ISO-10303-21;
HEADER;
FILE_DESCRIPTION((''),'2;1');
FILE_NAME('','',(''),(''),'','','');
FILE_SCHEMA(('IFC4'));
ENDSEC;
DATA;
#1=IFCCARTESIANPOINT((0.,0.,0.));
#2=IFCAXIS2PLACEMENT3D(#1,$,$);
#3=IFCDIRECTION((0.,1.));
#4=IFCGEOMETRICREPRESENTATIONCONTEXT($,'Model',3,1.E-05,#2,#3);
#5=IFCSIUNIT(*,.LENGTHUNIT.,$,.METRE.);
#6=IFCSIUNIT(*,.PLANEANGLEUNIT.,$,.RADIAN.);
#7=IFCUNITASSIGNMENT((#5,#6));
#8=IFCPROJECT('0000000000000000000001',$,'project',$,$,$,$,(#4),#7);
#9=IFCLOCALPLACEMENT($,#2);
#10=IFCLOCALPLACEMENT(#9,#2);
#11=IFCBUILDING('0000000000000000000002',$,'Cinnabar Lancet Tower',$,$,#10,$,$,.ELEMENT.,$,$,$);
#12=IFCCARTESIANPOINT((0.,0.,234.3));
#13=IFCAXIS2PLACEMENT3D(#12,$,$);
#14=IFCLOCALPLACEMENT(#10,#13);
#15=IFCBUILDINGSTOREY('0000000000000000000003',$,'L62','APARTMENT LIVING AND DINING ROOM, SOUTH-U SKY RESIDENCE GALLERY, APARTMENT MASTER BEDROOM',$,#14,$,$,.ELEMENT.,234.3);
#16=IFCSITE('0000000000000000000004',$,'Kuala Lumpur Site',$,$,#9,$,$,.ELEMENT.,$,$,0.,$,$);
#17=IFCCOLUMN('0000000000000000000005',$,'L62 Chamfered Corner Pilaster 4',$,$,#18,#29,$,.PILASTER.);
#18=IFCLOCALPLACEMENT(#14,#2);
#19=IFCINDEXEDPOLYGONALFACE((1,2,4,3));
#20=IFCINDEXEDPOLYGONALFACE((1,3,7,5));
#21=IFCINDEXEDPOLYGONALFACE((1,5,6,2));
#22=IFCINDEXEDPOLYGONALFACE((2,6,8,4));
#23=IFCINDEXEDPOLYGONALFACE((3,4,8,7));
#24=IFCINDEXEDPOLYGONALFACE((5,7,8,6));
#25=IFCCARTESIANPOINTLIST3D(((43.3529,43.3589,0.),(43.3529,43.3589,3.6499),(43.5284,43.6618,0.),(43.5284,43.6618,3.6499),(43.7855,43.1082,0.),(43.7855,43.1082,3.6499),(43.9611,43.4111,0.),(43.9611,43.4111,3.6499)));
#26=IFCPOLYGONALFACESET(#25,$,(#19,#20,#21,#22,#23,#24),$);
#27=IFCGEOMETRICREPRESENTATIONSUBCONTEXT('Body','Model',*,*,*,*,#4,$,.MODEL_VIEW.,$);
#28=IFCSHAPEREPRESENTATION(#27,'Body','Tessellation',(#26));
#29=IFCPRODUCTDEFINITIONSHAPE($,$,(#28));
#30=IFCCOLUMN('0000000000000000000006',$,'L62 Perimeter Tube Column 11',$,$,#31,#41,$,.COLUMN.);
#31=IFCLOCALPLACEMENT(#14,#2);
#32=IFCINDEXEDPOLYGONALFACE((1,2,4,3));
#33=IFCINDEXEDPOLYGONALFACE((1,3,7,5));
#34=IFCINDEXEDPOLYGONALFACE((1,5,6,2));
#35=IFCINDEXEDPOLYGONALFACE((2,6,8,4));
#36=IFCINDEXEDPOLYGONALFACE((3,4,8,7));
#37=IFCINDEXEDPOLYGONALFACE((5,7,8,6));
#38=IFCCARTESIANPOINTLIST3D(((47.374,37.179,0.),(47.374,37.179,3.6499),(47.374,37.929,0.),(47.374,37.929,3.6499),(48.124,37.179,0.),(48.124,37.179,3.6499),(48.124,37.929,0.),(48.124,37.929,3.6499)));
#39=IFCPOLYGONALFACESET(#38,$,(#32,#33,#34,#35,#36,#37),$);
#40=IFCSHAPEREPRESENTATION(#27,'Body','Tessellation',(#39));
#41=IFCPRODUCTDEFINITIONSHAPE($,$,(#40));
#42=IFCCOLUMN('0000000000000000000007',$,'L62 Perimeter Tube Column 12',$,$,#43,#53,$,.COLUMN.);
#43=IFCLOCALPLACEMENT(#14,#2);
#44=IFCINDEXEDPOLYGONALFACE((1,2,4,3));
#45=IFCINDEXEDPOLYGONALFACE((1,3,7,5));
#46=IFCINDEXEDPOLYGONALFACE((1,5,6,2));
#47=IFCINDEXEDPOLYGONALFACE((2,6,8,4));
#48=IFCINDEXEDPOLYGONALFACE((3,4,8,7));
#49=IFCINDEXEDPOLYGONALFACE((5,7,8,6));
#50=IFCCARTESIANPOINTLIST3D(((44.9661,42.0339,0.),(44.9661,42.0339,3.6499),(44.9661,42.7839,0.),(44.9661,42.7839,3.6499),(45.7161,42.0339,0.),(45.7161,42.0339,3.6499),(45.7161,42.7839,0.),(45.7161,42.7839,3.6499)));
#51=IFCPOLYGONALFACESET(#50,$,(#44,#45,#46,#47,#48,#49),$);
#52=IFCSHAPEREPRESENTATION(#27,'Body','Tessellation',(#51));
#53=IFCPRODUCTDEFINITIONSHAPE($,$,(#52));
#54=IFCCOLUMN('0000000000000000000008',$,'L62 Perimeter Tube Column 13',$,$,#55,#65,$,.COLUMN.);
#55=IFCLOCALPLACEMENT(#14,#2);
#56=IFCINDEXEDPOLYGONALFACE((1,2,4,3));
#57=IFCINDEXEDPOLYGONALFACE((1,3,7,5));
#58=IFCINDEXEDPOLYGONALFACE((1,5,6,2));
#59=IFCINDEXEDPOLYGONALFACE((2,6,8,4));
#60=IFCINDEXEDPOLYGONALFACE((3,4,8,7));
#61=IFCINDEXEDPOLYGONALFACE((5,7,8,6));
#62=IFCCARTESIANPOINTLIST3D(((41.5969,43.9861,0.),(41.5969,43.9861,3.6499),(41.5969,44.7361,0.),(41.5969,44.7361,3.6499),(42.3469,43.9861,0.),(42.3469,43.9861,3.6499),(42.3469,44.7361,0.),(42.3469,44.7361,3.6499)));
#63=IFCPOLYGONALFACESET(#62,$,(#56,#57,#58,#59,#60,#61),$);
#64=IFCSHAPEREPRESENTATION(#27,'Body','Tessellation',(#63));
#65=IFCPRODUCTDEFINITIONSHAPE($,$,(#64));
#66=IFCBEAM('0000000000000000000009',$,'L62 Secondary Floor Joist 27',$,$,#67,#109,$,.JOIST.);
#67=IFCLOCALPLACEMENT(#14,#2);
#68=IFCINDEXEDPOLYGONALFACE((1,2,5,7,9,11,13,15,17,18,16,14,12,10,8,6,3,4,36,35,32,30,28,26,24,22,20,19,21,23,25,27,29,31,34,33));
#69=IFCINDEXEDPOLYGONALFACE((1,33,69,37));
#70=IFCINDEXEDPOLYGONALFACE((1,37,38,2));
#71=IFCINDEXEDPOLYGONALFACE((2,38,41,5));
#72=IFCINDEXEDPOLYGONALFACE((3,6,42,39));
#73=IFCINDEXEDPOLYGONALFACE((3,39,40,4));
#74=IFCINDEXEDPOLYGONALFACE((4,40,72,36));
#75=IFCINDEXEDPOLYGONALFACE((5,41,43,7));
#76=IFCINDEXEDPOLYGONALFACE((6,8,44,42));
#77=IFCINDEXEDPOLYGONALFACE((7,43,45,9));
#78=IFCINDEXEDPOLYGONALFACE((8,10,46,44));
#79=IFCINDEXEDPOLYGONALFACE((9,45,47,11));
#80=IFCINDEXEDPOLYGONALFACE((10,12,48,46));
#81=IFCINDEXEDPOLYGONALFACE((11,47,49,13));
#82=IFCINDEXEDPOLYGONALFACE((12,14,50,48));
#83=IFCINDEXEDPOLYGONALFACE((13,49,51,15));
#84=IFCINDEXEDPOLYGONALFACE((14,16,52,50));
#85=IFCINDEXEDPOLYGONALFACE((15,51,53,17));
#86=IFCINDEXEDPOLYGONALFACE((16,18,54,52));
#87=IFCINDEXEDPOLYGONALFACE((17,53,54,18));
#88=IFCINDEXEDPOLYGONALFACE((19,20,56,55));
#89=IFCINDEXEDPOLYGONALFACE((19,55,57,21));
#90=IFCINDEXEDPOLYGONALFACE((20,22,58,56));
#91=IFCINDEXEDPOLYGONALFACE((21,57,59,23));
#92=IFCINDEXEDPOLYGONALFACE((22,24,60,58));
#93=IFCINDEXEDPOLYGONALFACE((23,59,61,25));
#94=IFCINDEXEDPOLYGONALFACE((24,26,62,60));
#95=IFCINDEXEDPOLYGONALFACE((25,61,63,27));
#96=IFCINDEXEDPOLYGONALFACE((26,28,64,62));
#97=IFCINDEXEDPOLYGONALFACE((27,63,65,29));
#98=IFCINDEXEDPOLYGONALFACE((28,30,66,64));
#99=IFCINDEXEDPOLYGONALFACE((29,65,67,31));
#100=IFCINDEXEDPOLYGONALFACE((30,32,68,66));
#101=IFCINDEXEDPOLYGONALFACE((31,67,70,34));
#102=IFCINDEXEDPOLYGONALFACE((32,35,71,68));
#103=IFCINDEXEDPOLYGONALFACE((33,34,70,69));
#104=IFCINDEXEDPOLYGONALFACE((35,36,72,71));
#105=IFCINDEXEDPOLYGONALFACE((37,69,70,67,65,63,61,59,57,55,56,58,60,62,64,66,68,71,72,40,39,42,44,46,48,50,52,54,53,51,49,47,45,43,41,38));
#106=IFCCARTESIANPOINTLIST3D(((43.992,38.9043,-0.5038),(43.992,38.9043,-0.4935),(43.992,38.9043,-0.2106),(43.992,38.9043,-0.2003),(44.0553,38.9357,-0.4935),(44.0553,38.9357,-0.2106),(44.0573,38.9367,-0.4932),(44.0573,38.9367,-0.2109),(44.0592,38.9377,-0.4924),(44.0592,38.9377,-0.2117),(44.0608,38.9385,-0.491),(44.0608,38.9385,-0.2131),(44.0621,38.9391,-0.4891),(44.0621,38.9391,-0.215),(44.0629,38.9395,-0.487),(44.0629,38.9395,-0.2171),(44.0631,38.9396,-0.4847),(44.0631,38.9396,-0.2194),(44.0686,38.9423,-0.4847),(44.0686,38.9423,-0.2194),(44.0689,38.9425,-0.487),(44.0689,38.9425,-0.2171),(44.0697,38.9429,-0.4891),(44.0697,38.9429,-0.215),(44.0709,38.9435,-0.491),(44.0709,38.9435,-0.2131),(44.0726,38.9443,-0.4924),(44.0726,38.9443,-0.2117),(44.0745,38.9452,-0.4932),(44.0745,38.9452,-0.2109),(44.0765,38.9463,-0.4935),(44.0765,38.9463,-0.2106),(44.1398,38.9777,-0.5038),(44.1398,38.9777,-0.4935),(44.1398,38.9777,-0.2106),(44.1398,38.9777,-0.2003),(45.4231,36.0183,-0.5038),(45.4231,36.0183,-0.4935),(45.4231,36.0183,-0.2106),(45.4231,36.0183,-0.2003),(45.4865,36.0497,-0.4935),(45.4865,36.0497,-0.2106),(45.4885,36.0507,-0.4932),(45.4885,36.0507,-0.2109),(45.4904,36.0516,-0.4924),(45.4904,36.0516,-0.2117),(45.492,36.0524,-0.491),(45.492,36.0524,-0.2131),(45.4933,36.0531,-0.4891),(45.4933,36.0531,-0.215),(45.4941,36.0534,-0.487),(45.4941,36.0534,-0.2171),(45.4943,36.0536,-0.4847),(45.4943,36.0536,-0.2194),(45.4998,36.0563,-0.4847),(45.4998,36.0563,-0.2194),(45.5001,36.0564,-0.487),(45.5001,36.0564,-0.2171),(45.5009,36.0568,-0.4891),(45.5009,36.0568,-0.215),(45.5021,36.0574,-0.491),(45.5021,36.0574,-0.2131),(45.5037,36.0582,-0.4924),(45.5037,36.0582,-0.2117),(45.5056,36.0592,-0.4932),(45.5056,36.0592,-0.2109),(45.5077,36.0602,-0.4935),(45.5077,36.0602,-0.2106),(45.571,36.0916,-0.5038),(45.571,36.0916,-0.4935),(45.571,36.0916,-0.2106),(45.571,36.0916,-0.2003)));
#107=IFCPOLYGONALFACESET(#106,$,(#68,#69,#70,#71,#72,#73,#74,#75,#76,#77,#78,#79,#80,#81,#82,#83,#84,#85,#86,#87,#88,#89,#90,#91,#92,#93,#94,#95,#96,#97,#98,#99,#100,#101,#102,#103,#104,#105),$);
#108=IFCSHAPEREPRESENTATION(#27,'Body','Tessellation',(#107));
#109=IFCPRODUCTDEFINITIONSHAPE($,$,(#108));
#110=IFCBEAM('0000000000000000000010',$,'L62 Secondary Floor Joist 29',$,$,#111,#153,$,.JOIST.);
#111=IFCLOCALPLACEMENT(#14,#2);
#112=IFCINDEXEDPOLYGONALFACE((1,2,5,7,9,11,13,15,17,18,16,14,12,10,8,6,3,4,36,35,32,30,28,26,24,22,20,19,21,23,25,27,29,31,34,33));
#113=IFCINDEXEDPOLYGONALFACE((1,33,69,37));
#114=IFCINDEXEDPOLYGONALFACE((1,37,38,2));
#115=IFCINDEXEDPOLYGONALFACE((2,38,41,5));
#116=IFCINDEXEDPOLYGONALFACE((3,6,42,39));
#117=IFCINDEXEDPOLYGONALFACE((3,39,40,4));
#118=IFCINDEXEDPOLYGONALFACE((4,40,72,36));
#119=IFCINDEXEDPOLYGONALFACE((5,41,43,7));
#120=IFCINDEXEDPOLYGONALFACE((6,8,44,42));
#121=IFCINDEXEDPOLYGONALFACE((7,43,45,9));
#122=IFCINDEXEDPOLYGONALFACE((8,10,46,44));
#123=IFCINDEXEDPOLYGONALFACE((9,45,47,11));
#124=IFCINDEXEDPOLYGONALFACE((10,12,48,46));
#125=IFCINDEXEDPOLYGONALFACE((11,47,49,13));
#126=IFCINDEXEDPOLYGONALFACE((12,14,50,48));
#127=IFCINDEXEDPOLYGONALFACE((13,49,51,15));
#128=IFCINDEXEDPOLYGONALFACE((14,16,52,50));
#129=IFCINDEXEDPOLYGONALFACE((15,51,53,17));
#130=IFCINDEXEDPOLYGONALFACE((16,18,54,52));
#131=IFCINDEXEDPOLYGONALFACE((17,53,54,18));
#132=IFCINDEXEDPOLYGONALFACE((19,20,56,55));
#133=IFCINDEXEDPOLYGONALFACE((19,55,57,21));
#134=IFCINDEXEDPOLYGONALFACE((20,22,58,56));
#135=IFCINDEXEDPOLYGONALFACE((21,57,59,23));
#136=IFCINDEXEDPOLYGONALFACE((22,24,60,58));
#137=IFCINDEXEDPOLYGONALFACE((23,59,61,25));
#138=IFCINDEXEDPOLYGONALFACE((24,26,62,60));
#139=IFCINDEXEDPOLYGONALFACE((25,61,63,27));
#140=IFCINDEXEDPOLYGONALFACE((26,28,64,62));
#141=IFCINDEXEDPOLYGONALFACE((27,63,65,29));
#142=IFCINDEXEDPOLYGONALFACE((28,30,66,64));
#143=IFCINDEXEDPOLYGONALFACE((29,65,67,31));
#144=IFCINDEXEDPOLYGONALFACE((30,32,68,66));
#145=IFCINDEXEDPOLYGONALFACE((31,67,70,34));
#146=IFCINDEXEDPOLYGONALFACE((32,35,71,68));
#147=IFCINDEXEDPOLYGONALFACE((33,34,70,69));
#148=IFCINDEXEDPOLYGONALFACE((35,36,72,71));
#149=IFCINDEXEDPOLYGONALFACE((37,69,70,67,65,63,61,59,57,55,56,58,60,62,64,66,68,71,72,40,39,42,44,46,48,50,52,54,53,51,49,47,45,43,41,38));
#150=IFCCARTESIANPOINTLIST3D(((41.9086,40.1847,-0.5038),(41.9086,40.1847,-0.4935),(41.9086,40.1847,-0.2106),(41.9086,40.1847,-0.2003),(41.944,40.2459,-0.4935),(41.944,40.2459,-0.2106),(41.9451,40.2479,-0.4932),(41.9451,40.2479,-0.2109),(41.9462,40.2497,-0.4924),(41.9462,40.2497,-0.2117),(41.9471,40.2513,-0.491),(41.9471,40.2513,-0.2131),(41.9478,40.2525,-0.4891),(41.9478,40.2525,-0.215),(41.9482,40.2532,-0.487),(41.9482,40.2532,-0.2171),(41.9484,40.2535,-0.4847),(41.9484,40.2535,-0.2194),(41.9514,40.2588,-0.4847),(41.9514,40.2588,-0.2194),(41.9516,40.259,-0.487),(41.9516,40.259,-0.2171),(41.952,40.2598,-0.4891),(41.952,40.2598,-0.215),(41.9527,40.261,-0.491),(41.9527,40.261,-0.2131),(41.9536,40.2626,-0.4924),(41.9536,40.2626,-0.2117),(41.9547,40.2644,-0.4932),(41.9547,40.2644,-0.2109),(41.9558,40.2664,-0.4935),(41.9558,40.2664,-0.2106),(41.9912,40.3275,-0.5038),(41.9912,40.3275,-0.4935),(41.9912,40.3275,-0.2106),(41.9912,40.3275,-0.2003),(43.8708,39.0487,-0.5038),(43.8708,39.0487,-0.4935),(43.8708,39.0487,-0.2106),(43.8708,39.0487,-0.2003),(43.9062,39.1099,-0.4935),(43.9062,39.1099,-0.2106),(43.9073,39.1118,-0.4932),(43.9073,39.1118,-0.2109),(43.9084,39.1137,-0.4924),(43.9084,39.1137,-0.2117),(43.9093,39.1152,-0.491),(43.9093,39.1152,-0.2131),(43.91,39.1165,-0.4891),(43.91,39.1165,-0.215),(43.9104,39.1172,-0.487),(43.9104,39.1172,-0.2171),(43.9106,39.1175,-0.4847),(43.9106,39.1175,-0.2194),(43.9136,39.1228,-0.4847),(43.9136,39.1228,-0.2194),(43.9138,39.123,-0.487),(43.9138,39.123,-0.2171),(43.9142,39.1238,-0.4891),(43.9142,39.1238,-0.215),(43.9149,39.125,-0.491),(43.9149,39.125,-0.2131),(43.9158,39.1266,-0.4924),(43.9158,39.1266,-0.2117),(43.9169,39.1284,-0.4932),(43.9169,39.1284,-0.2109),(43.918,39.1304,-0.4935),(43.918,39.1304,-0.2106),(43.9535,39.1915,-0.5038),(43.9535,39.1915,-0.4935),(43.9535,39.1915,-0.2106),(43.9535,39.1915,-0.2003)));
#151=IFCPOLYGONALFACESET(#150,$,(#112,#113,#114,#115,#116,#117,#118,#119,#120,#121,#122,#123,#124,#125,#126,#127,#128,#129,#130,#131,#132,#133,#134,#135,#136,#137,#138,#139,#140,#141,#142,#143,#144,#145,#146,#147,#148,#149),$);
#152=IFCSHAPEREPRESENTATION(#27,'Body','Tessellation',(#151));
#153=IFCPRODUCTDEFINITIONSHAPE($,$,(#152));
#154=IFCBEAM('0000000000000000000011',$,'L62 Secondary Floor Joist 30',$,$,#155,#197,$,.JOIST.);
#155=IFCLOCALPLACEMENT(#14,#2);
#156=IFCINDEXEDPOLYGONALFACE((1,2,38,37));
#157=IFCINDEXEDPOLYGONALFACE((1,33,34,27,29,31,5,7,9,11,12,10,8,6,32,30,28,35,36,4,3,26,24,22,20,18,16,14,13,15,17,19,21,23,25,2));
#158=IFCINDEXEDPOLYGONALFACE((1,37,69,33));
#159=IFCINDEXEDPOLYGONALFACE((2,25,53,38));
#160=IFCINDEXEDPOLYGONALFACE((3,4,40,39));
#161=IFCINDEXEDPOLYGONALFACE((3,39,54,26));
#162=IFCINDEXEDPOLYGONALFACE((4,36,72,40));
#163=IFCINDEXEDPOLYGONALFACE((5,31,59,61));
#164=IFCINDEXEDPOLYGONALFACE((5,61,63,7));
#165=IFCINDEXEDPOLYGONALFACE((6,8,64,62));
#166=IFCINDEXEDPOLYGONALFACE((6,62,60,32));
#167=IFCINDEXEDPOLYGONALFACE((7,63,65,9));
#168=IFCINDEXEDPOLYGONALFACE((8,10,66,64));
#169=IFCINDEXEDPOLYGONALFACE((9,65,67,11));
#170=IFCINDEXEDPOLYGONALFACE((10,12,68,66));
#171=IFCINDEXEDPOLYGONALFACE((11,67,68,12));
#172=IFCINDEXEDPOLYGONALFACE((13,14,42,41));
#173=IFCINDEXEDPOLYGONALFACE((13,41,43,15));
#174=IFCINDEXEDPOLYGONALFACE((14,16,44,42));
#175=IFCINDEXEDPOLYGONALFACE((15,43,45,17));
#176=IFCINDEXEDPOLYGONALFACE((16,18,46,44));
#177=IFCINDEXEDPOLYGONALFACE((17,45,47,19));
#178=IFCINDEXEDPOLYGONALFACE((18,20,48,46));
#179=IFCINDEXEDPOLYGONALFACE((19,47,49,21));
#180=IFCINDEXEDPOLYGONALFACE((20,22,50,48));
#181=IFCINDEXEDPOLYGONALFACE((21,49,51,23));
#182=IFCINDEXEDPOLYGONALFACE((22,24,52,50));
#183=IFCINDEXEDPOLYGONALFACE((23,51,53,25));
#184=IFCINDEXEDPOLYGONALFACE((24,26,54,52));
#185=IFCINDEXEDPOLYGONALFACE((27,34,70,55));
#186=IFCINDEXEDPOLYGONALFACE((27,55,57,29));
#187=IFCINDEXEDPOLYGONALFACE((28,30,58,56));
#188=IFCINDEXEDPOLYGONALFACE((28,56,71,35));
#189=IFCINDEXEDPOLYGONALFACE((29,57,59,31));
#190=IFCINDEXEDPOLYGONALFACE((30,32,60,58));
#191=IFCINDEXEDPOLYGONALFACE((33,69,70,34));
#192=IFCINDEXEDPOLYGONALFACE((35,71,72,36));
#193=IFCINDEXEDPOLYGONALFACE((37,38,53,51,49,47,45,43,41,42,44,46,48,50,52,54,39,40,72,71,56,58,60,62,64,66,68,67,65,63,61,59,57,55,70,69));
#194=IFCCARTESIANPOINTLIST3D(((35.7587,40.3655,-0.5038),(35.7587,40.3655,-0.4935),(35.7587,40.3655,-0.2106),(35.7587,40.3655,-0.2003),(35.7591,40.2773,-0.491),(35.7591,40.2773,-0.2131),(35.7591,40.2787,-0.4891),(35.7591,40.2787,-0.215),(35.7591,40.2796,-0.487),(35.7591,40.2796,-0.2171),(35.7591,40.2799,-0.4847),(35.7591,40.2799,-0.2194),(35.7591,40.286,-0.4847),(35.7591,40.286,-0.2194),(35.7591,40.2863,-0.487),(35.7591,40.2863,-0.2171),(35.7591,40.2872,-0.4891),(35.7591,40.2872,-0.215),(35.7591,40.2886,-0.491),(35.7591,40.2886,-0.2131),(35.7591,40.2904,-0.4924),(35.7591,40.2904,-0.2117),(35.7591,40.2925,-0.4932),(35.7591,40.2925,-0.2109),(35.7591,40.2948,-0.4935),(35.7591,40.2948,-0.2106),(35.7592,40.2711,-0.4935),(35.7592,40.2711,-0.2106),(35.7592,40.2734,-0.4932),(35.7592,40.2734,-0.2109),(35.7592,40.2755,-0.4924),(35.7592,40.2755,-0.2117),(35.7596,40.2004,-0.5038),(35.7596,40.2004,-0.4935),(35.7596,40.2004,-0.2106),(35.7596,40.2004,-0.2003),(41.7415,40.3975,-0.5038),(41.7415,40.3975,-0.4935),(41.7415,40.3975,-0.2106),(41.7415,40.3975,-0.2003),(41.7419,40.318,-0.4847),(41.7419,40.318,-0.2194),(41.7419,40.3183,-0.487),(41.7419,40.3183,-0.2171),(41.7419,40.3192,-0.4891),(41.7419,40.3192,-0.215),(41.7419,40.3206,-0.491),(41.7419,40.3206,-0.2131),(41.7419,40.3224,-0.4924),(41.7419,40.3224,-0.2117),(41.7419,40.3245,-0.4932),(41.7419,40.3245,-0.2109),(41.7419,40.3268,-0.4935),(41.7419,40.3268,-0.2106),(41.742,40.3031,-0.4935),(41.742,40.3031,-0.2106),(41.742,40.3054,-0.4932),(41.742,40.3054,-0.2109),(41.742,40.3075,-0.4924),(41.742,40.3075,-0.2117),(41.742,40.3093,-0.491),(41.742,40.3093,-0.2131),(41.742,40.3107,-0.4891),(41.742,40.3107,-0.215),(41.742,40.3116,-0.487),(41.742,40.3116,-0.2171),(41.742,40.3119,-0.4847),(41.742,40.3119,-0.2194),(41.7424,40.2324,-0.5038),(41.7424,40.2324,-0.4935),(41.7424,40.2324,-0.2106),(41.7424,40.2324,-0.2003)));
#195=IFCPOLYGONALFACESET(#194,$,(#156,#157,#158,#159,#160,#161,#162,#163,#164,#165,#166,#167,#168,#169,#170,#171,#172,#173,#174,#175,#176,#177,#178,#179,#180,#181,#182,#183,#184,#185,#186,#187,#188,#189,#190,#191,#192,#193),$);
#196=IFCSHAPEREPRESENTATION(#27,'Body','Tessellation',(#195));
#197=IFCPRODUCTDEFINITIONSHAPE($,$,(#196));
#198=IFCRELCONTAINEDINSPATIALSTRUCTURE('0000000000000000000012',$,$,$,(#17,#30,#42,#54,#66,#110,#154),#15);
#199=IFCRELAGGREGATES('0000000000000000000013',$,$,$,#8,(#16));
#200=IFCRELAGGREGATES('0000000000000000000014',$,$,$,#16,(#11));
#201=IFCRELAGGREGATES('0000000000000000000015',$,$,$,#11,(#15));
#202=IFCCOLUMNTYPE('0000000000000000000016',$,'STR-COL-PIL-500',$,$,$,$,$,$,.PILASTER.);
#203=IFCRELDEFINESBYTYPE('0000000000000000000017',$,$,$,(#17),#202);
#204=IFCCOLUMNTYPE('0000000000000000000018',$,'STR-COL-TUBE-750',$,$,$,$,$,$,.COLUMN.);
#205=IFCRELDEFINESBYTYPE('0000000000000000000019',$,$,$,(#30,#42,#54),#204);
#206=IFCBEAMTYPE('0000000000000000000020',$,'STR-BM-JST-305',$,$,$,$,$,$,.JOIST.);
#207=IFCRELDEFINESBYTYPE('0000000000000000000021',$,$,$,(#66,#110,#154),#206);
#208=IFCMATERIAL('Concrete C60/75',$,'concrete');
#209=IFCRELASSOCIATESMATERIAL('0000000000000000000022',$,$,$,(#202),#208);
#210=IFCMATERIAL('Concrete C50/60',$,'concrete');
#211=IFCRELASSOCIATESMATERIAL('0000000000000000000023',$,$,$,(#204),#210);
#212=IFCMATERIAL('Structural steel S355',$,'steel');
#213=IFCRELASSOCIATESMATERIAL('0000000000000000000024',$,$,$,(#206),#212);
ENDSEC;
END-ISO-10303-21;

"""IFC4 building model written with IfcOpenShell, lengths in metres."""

from ifc_helpers import new_model, si_unit, direction, frame, origin, origin_2d, place, context, subcontext, project, spatial, rectangle, i_section, extrude, material, material_profile, profile_set, type_object, element, save


model = new_model("IFC4")

# Units and contexts
model_context = context("Model", 3, precision=1e-05, world=origin(), true_north=direction((0.0, 1.0)))
body_context = subcontext(model_context, "Body", "Model", "MODEL_VIEW")
ifc_project = project(units=[si_unit("LENGTHUNIT", "METRE"), si_unit("PLANEANGLEUNIT", "RADIAN")], contexts=[model_context])

# Site, building, storey
site_placement = place(None, origin())
site = spatial("IfcSite", under=ifc_project, at=site_placement, Name="Kuala Lumpur Site", CompositionType="ELEMENT", RefElevation=0.0)
building_placement = place(site_placement, origin())
building = spatial("IfcBuilding", under=site, at=building_placement, Name="Cinnabar Lancet Tower", CompositionType="ELEMENT")
storey_placement = place(building_placement, frame((0.0, 0.0, 234.3)))
storey = spatial("IfcBuildingStorey", under=building, at=storey_placement, Name="L62", Description="APARTMENT LIVING AND DINING ROOM, SOUTH-U SKY RESIDENCE GALLERY, APARTMENT MASTER BEDROOM", CompositionType="ELEMENT", Elevation=234.3)

# Columns
ifc_material_1 = material(Name="Concrete C60/75", Category="concrete")
ifc_material_profile_1 = material_profile(ifc_material_1, rectangle(XDim=0.5, YDim=0.3501, at=origin_2d()), Name="RC-PIL 500x350")
ifc_profile_set_1 = profile_set([ifc_material_profile_1], Name="Concrete C60/75")
column_type_1 = type_object("IfcColumnType", Name="STR-COL-PIL-500", PredefinedType="PILASTER", material=ifc_profile_set_1)
column_placement = place(storey_placement, frame((43.657, 43.385, 0.0), z_axis=(0.0, 0.0, 1.0), x_axis=(-0.865256, 0.50133, 0.0)))
element("IfcColumn", 1, at=column_placement, inside=storey, type_object=column_type_1, Name="L62 Chamfered Corner Pilaster 4", PredefinedType="PILASTER", context=body_context, shape_type="SweptSolid", body=[
    extrude(rectangle(XDim=0.5, YDim=0.3501, at=origin_2d()), origin(), (0.0, 0.0, 1.0), 3.6499),
])
ifc_material_2 = material(Name="Concrete C50/60", Category="concrete")
ifc_material_profile_2 = material_profile(ifc_material_2, rectangle(XDim=0.75, YDim=0.75, at=origin_2d()), Name="RC-COL 750x750")
ifc_profile_set_2 = profile_set([ifc_material_profile_2], Name="Concrete C50/60")
column_type_2 = type_object("IfcColumnType", Name="STR-COL-TUBE-750", PredefinedType="COLUMN", material=ifc_profile_set_2)
for number, where, z_axis, x_axis, name in (
    (2, (47.749, 37.554, 0.0), (0.0, 0.0, 1.0), (1.0, 0.0, 0.0), "L62 Perimeter Tube Column 11"),
    (3, (45.3411, 42.4089, 0.0), (0.0, 0.0, 1.0), (1.0, 0.0, 0.0), "L62 Perimeter Tube Column 12"),
    (4, (41.9719, 44.3611, 0.0), (0.0, 0.0, 1.0), (1.0, 0.0, 0.0), "L62 Perimeter Tube Column 13"),
):
    element("IfcColumn", number, at=place(storey_placement, frame(where, z_axis=z_axis, x_axis=x_axis)), inside=storey, type_object=column_type_2, Name=name, PredefinedType="COLUMN", context=body_context, shape_type="SweptSolid", body=[
        extrude(rectangle(XDim=0.75, YDim=0.75, at=origin_2d()), origin(), (0.0, 0.0, 1.0), 3.6499),
    ])

# Beams
ifc_material_3 = material(Name="Structural steel S355", Category="steel")
ifc_material_profile_3 = material_profile(ifc_material_3, i_section(OverallWidth=0.165, OverallDepth=0.3035, WebThickness=0.0061, FlangeThickness=0.0103, FilletRadius=0.0088, at=origin_2d()), Name="UKB 305x165x40")
ifc_profile_set_3 = profile_set([ifc_material_profile_3], Name="Structural steel S355")
beam_type_1 = type_object("IfcBeamType", Name="STR-BM-JST-305", PredefinedType="JOIST", material=ifc_profile_set_3)
beam_1_placement = place(storey_placement, frame((45.4971, 36.0549, -0.3521), z_axis=(-0.444271, 0.895893, 0.0), x_axis=(-0.895893, -0.444271, 0.0)))
element("IfcBeam", 5, at=beam_1_placement, inside=storey, type_object=beam_type_1, Name="L62 Secondary Floor Joist 27", PredefinedType="JOIST", context=body_context, shape_type="SweptSolid", body=[
    extrude(i_section(OverallWidth=0.165, OverallDepth=0.3035, WebThickness=0.0061, FlangeThickness=0.0103, FilletRadius=0.0088, at=origin_2d()), origin(), (0.0, 0.0, 1.0), 3.2214),
])
beam_2_placement = place(storey_placement, frame((43.9121, 39.1201, -0.3521), z_axis=(-0.865426, 0.501036, 0.0), x_axis=(-0.501036, -0.865426, 0.0)))
element("IfcBeam", 6, at=beam_2_placement, inside=storey, type_object=beam_type_1, Name="L62 Secondary Floor Joist 29", PredefinedType="JOIST", context=body_context, shape_type="SweptSolid", body=[
    extrude(i_section(OverallWidth=0.165, OverallDepth=0.3035, WebThickness=0.0061, FlangeThickness=0.0103, FilletRadius=0.0088, at=origin_2d()), origin(), (0.0, 0.0, 1.0), 2.2673),
])
beam_3_placement = place(storey_placement, frame((41.7419, 40.3149, -0.3521), z_axis=(-0.999986, -0.005346, 0.0), x_axis=(0.005346, -0.999986, 0.0)))
element("IfcBeam", 7, at=beam_3_placement, inside=storey, type_object=beam_type_1, Name="L62 Secondary Floor Joist 30", PredefinedType="JOIST", context=body_context, shape_type="SweptSolid", body=[
    extrude(i_section(OverallWidth=0.165, OverallDepth=0.3035, WebThickness=0.0061, FlangeThickness=0.0103, FilletRadius=0.0088, at=origin_2d()), origin(), (0.0, 0.0, 1.0), 5.9829),
])

save(model, "model.ifc")
